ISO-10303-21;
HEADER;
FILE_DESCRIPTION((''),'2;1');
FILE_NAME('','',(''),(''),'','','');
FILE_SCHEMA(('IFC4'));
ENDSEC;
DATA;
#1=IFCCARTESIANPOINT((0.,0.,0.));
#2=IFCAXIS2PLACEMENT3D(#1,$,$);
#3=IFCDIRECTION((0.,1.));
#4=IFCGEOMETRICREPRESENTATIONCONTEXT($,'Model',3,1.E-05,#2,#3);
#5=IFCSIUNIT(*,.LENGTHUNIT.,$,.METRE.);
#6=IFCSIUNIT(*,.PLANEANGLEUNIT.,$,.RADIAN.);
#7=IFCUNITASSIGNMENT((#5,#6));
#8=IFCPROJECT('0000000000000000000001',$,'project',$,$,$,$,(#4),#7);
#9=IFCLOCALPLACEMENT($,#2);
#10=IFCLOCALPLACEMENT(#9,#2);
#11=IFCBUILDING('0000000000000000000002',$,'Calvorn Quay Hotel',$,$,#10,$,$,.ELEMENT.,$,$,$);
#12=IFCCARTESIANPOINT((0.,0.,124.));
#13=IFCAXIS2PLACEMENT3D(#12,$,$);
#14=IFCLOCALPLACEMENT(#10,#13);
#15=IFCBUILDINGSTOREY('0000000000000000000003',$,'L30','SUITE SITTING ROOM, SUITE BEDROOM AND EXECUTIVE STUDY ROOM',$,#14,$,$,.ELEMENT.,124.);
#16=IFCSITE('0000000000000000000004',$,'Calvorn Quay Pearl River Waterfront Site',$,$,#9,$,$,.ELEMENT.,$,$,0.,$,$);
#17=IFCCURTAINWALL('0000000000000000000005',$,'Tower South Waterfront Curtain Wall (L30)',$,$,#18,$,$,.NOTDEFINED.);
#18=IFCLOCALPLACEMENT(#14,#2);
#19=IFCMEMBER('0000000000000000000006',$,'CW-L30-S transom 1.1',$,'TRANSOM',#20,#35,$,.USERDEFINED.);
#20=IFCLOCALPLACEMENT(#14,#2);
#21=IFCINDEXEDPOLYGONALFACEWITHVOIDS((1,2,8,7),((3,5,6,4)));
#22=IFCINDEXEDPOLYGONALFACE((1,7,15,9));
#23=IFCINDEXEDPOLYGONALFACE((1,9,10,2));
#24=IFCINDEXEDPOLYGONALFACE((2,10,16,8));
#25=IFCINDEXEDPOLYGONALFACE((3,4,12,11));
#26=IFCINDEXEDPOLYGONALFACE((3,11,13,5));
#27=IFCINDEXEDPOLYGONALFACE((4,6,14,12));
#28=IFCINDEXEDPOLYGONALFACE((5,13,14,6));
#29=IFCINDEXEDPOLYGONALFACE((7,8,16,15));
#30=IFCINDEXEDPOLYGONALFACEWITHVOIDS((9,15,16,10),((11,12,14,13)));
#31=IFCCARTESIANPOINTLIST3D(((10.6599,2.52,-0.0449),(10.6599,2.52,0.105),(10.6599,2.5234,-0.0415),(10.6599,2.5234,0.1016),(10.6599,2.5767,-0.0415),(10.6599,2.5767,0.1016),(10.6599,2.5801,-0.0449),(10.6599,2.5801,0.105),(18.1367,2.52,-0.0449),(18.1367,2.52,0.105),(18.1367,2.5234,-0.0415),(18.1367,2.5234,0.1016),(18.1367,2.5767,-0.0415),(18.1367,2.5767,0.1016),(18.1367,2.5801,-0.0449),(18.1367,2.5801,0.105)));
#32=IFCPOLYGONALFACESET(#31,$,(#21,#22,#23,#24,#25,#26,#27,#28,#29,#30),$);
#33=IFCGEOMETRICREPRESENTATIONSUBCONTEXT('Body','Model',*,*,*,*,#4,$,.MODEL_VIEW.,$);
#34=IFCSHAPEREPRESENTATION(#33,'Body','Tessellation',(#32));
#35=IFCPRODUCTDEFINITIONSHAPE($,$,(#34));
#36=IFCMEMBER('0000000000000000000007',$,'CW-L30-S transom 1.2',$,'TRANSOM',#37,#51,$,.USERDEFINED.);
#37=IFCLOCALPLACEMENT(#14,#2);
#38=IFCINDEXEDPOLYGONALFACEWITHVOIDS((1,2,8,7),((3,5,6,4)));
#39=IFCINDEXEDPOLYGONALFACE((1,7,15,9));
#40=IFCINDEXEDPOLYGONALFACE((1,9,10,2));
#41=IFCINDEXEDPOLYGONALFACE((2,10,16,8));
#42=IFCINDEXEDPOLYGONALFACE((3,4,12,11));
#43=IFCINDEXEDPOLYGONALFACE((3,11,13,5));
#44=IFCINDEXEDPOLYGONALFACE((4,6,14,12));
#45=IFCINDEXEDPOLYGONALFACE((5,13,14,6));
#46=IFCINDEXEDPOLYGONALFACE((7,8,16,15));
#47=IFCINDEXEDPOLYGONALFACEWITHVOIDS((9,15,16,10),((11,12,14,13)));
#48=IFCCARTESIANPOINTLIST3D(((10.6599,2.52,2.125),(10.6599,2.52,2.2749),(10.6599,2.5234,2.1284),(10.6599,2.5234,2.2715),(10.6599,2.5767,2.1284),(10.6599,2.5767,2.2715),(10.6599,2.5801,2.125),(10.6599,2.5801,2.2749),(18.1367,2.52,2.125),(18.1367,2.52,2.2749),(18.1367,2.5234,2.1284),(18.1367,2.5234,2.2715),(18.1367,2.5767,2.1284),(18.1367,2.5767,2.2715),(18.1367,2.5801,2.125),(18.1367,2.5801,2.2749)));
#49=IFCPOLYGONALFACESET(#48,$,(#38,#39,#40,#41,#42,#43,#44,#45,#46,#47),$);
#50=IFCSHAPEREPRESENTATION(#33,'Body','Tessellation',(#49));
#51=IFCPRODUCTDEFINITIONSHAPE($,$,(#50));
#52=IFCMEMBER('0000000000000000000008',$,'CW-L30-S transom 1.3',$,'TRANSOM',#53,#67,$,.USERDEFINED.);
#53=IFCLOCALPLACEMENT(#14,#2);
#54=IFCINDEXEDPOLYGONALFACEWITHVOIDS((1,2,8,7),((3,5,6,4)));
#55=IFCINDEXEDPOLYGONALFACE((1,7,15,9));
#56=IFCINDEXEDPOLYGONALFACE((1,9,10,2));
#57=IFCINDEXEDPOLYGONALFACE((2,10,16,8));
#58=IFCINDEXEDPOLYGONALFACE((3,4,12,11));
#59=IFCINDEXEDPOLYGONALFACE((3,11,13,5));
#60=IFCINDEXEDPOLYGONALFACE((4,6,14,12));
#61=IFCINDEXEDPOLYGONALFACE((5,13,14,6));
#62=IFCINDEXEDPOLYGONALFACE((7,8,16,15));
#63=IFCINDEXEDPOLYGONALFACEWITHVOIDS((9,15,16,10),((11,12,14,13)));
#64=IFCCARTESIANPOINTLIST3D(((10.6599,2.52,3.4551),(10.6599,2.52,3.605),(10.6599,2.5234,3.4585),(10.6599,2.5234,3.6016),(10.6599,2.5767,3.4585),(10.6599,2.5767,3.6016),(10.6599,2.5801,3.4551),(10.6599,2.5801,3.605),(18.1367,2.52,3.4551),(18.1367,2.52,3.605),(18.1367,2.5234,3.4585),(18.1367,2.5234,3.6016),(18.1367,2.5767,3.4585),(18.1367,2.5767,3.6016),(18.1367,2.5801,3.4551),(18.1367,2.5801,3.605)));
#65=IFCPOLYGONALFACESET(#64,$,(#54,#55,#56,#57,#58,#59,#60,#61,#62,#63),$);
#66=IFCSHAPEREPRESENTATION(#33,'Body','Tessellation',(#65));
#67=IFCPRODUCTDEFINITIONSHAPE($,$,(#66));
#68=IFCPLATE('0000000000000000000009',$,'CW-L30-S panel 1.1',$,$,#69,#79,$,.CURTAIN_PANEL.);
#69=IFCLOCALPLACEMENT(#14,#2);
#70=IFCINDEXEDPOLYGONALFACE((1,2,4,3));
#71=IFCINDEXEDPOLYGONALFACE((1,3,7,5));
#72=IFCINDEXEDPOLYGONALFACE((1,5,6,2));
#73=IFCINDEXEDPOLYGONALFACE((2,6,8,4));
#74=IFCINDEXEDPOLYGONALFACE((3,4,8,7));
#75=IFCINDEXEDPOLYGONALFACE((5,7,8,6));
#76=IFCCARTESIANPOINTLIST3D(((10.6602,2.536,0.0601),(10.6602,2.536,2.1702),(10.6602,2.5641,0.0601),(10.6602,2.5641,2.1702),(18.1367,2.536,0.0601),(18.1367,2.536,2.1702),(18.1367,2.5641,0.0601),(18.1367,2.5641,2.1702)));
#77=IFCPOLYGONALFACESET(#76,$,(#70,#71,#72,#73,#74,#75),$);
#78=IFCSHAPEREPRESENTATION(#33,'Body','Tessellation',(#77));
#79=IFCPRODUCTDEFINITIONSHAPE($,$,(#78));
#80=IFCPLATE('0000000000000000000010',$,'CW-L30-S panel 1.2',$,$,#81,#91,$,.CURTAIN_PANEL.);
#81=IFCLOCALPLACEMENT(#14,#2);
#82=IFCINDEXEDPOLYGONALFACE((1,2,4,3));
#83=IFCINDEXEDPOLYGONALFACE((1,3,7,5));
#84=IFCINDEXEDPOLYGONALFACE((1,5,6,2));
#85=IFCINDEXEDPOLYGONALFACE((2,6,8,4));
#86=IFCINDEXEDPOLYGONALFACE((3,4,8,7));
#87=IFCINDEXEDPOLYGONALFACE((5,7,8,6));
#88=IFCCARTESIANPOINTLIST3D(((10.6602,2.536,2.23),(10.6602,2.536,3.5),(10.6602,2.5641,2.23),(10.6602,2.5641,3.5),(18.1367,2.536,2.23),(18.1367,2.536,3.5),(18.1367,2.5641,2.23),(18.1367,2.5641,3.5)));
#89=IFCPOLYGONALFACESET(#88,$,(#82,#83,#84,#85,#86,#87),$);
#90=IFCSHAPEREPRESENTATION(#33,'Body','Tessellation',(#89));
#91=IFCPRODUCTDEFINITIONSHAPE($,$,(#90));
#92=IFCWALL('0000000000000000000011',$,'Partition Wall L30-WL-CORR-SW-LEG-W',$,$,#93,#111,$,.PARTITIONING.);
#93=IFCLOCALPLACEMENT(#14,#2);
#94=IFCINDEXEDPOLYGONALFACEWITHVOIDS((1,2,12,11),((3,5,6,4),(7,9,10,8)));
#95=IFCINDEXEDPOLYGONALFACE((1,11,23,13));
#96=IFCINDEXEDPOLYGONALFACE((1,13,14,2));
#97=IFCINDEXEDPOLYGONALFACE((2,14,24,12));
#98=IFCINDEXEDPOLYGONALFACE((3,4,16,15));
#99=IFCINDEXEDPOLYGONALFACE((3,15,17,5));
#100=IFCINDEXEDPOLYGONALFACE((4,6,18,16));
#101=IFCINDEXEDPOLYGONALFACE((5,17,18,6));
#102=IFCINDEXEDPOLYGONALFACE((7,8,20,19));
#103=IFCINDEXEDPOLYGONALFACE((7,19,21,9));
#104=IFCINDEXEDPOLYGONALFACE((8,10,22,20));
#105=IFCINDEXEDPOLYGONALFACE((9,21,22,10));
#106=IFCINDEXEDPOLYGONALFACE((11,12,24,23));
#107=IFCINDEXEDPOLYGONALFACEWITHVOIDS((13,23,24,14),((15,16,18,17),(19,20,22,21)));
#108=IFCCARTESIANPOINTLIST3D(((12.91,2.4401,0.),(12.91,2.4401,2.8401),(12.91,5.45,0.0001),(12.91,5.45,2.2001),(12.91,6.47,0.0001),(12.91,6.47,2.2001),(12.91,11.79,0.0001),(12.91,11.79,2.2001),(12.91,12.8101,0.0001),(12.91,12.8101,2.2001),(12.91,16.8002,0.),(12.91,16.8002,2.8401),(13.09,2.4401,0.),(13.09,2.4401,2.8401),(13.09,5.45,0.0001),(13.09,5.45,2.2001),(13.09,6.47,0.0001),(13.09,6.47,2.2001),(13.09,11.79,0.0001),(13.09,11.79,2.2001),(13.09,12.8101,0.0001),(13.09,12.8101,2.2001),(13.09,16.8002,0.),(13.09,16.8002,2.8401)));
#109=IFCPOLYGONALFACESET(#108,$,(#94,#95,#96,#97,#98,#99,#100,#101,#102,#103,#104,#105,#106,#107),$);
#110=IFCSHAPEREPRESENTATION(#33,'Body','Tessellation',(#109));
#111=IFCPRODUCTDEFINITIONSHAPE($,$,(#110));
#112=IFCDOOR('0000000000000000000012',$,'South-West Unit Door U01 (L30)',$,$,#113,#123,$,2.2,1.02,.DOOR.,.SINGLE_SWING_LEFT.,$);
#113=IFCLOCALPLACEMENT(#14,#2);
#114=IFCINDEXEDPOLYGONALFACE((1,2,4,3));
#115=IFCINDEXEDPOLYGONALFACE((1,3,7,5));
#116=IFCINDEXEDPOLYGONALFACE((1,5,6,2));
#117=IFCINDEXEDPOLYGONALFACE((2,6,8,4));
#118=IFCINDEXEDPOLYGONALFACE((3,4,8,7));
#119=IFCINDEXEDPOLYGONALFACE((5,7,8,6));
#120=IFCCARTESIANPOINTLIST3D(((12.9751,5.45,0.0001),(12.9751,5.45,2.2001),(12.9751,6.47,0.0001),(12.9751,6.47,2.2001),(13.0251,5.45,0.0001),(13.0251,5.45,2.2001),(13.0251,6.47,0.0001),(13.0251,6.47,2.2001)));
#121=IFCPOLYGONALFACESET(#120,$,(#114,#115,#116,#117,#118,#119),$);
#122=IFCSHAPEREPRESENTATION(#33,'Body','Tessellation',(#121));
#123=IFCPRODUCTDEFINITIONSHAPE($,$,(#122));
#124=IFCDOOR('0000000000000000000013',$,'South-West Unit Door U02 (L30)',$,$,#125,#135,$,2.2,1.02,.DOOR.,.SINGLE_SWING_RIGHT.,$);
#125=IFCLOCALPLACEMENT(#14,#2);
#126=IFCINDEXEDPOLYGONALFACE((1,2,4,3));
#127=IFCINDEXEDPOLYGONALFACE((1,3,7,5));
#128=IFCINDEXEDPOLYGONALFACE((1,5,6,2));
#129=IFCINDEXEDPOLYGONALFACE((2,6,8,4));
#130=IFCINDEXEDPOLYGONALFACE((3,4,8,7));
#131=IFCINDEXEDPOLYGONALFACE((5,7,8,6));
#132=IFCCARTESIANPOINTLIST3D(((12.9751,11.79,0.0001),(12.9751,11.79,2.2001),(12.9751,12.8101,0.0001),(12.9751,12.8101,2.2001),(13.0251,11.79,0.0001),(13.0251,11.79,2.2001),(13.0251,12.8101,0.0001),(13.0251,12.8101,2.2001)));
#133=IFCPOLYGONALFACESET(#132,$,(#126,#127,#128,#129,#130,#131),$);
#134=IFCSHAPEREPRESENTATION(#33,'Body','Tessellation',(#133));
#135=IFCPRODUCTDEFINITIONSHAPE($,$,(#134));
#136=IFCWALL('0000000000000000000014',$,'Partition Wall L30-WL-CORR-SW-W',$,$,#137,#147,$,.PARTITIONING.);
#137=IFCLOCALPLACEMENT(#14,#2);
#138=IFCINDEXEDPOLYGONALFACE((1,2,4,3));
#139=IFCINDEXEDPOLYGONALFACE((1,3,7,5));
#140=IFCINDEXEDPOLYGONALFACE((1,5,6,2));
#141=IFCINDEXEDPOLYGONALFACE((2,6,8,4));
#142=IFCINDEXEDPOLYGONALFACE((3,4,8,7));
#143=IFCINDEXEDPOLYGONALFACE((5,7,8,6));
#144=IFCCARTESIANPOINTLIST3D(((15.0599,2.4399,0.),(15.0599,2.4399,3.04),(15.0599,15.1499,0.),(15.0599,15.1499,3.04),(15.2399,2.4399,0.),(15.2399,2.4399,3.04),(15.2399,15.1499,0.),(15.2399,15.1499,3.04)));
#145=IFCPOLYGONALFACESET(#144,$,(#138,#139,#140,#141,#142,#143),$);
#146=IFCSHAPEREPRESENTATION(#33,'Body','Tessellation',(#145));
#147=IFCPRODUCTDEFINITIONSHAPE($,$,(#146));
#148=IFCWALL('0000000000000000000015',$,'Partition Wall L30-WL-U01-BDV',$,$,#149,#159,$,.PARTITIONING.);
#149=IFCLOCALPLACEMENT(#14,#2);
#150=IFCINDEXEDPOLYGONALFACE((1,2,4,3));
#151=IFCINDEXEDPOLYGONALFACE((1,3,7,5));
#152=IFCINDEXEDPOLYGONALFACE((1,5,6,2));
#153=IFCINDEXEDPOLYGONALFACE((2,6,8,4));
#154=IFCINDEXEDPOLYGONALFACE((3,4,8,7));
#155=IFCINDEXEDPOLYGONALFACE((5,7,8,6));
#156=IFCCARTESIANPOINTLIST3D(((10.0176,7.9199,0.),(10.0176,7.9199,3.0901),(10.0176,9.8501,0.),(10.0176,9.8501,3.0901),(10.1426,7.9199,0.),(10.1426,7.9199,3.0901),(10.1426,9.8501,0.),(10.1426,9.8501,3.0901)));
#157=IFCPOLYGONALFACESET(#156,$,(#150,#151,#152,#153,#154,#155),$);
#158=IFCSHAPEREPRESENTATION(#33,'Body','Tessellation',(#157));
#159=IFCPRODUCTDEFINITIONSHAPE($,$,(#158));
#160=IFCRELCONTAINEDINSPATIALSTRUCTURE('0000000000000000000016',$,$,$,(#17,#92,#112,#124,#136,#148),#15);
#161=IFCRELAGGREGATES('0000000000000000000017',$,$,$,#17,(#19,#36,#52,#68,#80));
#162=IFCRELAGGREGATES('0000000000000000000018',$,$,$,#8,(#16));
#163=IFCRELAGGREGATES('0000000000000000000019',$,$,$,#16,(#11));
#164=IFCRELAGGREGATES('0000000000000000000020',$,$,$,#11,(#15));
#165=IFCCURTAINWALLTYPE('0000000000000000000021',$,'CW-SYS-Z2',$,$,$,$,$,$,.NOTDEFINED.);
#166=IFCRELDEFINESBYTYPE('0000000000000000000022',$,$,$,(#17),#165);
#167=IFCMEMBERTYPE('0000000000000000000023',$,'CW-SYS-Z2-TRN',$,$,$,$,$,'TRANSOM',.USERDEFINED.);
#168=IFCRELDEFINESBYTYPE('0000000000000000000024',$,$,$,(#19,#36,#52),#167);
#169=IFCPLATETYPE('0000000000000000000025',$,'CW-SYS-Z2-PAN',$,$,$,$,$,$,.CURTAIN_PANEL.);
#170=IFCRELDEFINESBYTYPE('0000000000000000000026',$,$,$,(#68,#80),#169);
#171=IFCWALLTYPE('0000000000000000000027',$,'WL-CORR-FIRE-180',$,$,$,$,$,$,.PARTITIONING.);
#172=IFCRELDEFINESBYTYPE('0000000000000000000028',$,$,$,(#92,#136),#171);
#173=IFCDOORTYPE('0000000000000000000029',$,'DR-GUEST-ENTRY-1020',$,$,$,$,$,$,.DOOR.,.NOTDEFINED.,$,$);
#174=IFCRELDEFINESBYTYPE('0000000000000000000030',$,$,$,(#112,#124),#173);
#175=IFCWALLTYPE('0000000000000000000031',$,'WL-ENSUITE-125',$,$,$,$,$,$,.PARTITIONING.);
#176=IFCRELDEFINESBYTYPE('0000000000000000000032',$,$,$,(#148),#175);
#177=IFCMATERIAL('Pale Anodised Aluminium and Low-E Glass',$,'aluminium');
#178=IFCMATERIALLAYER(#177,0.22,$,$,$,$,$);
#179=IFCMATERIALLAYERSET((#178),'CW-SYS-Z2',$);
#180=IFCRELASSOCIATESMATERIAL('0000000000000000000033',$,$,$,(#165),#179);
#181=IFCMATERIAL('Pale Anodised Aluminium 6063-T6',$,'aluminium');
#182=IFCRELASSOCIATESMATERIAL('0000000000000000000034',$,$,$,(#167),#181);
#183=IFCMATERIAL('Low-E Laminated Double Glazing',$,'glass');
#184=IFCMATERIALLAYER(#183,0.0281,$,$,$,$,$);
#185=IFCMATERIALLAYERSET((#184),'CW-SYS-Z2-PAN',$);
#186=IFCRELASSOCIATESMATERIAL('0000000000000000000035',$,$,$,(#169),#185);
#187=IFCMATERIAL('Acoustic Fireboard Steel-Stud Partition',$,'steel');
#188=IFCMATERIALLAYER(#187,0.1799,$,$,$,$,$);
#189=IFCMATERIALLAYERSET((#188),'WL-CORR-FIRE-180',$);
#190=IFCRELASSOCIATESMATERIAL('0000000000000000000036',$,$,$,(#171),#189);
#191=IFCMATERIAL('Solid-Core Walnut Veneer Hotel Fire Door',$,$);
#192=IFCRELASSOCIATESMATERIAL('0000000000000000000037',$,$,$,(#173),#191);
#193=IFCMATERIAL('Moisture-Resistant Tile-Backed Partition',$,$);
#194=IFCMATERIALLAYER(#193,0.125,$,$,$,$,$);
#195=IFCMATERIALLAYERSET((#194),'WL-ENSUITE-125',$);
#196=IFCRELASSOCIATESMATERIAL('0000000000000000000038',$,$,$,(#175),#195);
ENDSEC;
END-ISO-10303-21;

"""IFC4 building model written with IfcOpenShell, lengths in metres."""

from ifc_helpers import new_model, si_unit, direction, frame, frame_2d, origin, origin_2d, place, context, subcontext, project, spatial, rectangle, hollow_rectangle, extrude, material, layer, layer_set, material_profile, profile_set, type_object, element, fill, aggregate, save


model = new_model("IFC4")

# Units and contexts
model_context = context("Model", 3, precision=1e-05, world=origin(), true_north=direction((0.0, 1.0)))
body_context = subcontext(model_context, "Body", "Model", "MODEL_VIEW")
ifc_project = project(units=[si_unit("LENGTHUNIT", "METRE"), si_unit("PLANEANGLEUNIT", "RADIAN")], contexts=[model_context])

# Site, building, storey
site_placement = place(None, origin())
site = spatial("IfcSite", under=ifc_project, at=site_placement, Name="Calvorn Quay Pearl River Waterfront Site", CompositionType="ELEMENT", RefElevation=0.0)
building_placement = place(site_placement, origin())
building = spatial("IfcBuilding", under=site, at=building_placement, Name="Calvorn Quay Hotel", CompositionType="ELEMENT")
storey_placement = place(building_placement, frame((0.0, 0.0, 124.0)))
storey = spatial("IfcBuildingStorey", under=building, at=storey_placement, Name="L30", Description="SUITE SITTING ROOM, SUITE BEDROOM AND EXECUTIVE STUDY ROOM", CompositionType="ELEMENT", Elevation=124.0)

# Curtain wall, members, plates
ifc_material_1 = material(Name="Pale Anodised Aluminium and Low-E Glass", Category="aluminium")
ifc_layer_1 = layer(ifc_material_1, 0.22)
ifc_layer_set_1 = layer_set([ifc_layer_1], Name="CW-SYS-Z2")
curtain_wall_type = type_object("IfcCurtainWallType", Name="CW-SYS-Z2", PredefinedType="NOTDEFINED", material=ifc_layer_set_1)
curtain_wall_placement = place(storey_placement, origin())
curtain_wall = element("IfcCurtainWall", 1, at=curtain_wall_placement, inside=storey, type_object=curtain_wall_type, Name="Tower South Waterfront Curtain Wall (L30)", PredefinedType="NOTDEFINED")
ifc_material_2 = material(Name="Pale Anodised Aluminium 6063-T6", Category="aluminium")
ifc_material_profile_1 = material_profile(ifc_material_2, hollow_rectangle(XDim=0.0601, YDim=0.1499, WallThickness=0.0034, at=origin_2d()), Name="ALU-T150x60x3.5")
ifc_profile_set_1 = profile_set([ifc_material_profile_1], Name="Pale Anodised Aluminium 6063-T6")
member_type_1 = type_object("IfcMemberType", Name="CW-SYS-Z2-TRN", ElementType="TRANSOM", PredefinedType="USERDEFINED", material=ifc_profile_set_1)
member_1_placement = place(storey_placement, frame((10.6599, 2.55, 0.03), z_axis=(1.0, 0.0, 0.0), x_axis=(0.0, 1.0, 0.0)))
member_1 = element("IfcMember", 2, at=member_1_placement, type_object=member_type_1, Name="CW-L30-S transom 1.1", ObjectType="TRANSOM", PredefinedType="USERDEFINED", context=body_context, shape_type="SweptSolid", body=[
    extrude(hollow_rectangle(XDim=0.0601, YDim=0.1499, WallThickness=0.0034, at=origin_2d()), origin(), (0.0, 0.0, 1.0), 7.4768),
])
member_2_placement = place(storey_placement, frame((10.6599, 2.55, 2.2), z_axis=(1.0, 0.0, 0.0), x_axis=(0.0, 1.0, 0.0)))
member_2 = element("IfcMember", 3, at=member_2_placement, type_object=member_type_1, Name="CW-L30-S transom 1.2", ObjectType="TRANSOM", PredefinedType="USERDEFINED", context=body_context, shape_type="SweptSolid", body=[
    extrude(hollow_rectangle(XDim=0.0601, YDim=0.1499, WallThickness=0.0034, at=origin_2d()), origin(), (0.0, 0.0, 1.0), 7.4768),
])
member_3_placement = place(storey_placement, frame((10.6599, 2.55, 3.53), z_axis=(1.0, 0.0, 0.0), x_axis=(0.0, 1.0, 0.0)))
member_3 = element("IfcMember", 4, at=member_3_placement, type_object=member_type_1, Name="CW-L30-S transom 1.3", ObjectType="TRANSOM", PredefinedType="USERDEFINED", context=body_context, shape_type="SweptSolid", body=[
    extrude(hollow_rectangle(XDim=0.0601, YDim=0.1499, WallThickness=0.0034, at=origin_2d()), origin(), (0.0, 0.0, 1.0), 7.4768),
])
ifc_material_3 = material(Name="Low-E Laminated Double Glazing", Category="glass")
ifc_layer_2 = layer(ifc_material_3, 0.0281)
ifc_layer_set_2 = layer_set([ifc_layer_2], Name="CW-SYS-Z2-PAN")
plate_type = type_object("IfcPlateType", Name="CW-SYS-Z2-PAN", PredefinedType="CURTAIN_PANEL", material=ifc_layer_set_2)
plate_1_placement = place(storey_placement, frame((14.3984, 2.55, 0.0601), z_axis=(0.0, 0.0, 1.0), x_axis=(1.0, 0.0, 0.0)))
plate_1 = element("IfcPlate", 5, at=plate_1_placement, type_object=plate_type, Name="CW-L30-S panel 1.1", PredefinedType="CURTAIN_PANEL", context=body_context, shape_type="SweptSolid", body=[
    extrude(rectangle(XDim=7.4766, YDim=0.0281, at=origin_2d()), origin(), (0.0, 0.0, 1.0), 2.1101),
])
plate_2_placement = place(storey_placement, frame((14.3984, 2.55, 2.23), z_axis=(0.0, 0.0, 1.0), x_axis=(1.0, 0.0, 0.0)))
plate_2 = element("IfcPlate", 6, at=plate_2_placement, type_object=plate_type, Name="CW-L30-S panel 1.2", PredefinedType="CURTAIN_PANEL", context=body_context, shape_type="SweptSolid", body=[
    extrude(rectangle(XDim=7.4766, YDim=0.0281, at=origin_2d()), origin(), (0.0, 0.0, 1.0), 1.27),
])
aggregate(curtain_wall, [member_1, member_2, member_3, plate_1, plate_2])

# Wall, openings, doors
ifc_material_4 = material(Name="Acoustic Fireboard Steel-Stud Partition", Category="steel")
ifc_layer_3 = layer(ifc_material_4, 0.1799)
ifc_layer_set_3 = layer_set([ifc_layer_3], Name="WL-CORR-FIRE-180")
wall_type_1 = type_object("IfcWallType", Name="WL-CORR-FIRE-180", PredefinedType="PARTITIONING", material=ifc_layer_set_3)
wall_1_placement = place(storey_placement, frame((13.0, 2.4399, 0.0), z_axis=(0.0, 0.0, 1.0), x_axis=(0.0, 1.0, 0.0)))
wall_1 = element("IfcWall", 7, at=wall_1_placement, inside=storey, type_object=wall_type_1, Name="Partition Wall L30-WL-CORR-SW-LEG-W", PredefinedType="PARTITIONING", context=body_context, shape_type="SweptSolid", body=[
    extrude(rectangle(XDim=14.3601, YDim=0.1799, at=frame_2d((7.1802, 0.0))), origin(), (0.0, 0.0, 1.0), 2.8401),
])
opening_1_placement = place(wall_1_placement, frame((3.01, 0.0, 0.0)))
opening_1 = element("IfcOpeningElement", 8, at=opening_1_placement, cuts=wall_1, PredefinedType="OPENING", context=body_context, shape_type="SweptSolid", body=[
    extrude(rectangle(XDim=1.02, YDim=2.2, at=frame_2d((0.51, 1.1001))), frame((0.0, 0.0999, 0.0), z_axis=(0.0, -1.0, 0.0), x_axis=(1.0, 0.0, 0.0)), (0.0, 0.0, 1.0), 0.2),
])
opening_2_placement = place(wall_1_placement, frame((9.3501, 0.0, 0.0)))
opening_2 = element("IfcOpeningElement", 9, at=opening_2_placement, cuts=wall_1, PredefinedType="OPENING", context=body_context, shape_type="SweptSolid", body=[
    extrude(rectangle(XDim=1.02, YDim=2.2, at=frame_2d((0.51, 1.1001))), frame((0.0, 0.0999, 0.0), z_axis=(0.0, -1.0, 0.0), x_axis=(1.0, 0.0, 0.0)), (0.0, 0.0, 1.0), 0.2),
])
ifc_material_5 = material(Name="Solid-Core Walnut Veneer Hotel Fire Door")
door_type_1 = type_object("IfcDoorType", Name="DR-GUEST-ENTRY-1020", OperationType="NOTDEFINED", PredefinedType="DOOR", material=ifc_material_5)
door_1_placement = place(opening_1_placement, origin())
door_1 = element("IfcDoor", 10, at=door_1_placement, inside=storey, type_object=door_type_1, Name="South-West Unit Door U01 (L30)", OperationType="SINGLE_SWING_LEFT", OverallHeight=2.2, OverallWidth=1.02, PredefinedType="DOOR", context=body_context, shape_type="SweptSolid", body=[
    extrude(rectangle(XDim=1.02, YDim=2.2, at=frame_2d((0.51, 1.1001))), frame((0.0, 0.0249, 0.0), z_axis=(0.0, -1.0, 0.0), x_axis=(1.0, 0.0, 0.0)), (0.0, 0.0, 1.0), 0.05),
])
fill(opening_1, door_1)
door_2_placement = place(opening_2_placement, origin())
door_2 = element("IfcDoor", 11, at=door_2_placement, inside=storey, type_object=door_type_1, Name="South-West Unit Door U02 (L30)", OperationType="SINGLE_SWING_RIGHT", OverallHeight=2.2, OverallWidth=1.02, PredefinedType="DOOR", context=body_context, shape_type="SweptSolid", body=[
    extrude(rectangle(XDim=1.02, YDim=2.2, at=frame_2d((0.51, 1.1001))), frame((0.0, 0.0249, 0.0), z_axis=(0.0, -1.0, 0.0), x_axis=(1.0, 0.0, 0.0)), (0.0, 0.0, 1.0), 0.05),
])
fill(opening_2, door_2)

# Walls
wall_2_placement = place(storey_placement, frame((15.1499, 2.4399, 0.0), z_axis=(0.0, 0.0, 1.0), x_axis=(0.0, 1.0, 0.0)))
element("IfcWall", 12, at=wall_2_placement, inside=storey, type_object=wall_type_1, Name="Partition Wall L30-WL-CORR-SW-W", PredefinedType="PARTITIONING", context=body_context, shape_type="SweptSolid", body=[
    extrude(rectangle(XDim=12.71, YDim=0.1799, at=frame_2d((6.355, 0.0))), origin(), (0.0, 0.0, 1.0), 3.04),
])
ifc_material_6 = material(Name="Moisture-Resistant Tile-Backed Partition")
ifc_layer_4 = layer(ifc_material_6, 0.125)
ifc_layer_set_4 = layer_set([ifc_layer_4], Name="WL-ENSUITE-125")
wall_type_2 = type_object("IfcWallType", Name="WL-ENSUITE-125", PredefinedType="PARTITIONING", material=ifc_layer_set_4)
wall_3_placement = place(storey_placement, frame((10.0801, 7.9199, 0.0), z_axis=(0.0, 0.0, 1.0), x_axis=(0.0, 1.0, 0.0)))
element("IfcWall", 13, at=wall_3_placement, inside=storey, type_object=wall_type_2, Name="Partition Wall L30-WL-U01-BDV", PredefinedType="PARTITIONING", context=body_context, shape_type="SweptSolid", body=[
    extrude(rectangle(XDim=1.9302, YDim=0.125, at=frame_2d((0.9651, 0.0))), origin(), (0.0, 0.0, 1.0), 3.0901),
])

save(model, "model.ifc")
